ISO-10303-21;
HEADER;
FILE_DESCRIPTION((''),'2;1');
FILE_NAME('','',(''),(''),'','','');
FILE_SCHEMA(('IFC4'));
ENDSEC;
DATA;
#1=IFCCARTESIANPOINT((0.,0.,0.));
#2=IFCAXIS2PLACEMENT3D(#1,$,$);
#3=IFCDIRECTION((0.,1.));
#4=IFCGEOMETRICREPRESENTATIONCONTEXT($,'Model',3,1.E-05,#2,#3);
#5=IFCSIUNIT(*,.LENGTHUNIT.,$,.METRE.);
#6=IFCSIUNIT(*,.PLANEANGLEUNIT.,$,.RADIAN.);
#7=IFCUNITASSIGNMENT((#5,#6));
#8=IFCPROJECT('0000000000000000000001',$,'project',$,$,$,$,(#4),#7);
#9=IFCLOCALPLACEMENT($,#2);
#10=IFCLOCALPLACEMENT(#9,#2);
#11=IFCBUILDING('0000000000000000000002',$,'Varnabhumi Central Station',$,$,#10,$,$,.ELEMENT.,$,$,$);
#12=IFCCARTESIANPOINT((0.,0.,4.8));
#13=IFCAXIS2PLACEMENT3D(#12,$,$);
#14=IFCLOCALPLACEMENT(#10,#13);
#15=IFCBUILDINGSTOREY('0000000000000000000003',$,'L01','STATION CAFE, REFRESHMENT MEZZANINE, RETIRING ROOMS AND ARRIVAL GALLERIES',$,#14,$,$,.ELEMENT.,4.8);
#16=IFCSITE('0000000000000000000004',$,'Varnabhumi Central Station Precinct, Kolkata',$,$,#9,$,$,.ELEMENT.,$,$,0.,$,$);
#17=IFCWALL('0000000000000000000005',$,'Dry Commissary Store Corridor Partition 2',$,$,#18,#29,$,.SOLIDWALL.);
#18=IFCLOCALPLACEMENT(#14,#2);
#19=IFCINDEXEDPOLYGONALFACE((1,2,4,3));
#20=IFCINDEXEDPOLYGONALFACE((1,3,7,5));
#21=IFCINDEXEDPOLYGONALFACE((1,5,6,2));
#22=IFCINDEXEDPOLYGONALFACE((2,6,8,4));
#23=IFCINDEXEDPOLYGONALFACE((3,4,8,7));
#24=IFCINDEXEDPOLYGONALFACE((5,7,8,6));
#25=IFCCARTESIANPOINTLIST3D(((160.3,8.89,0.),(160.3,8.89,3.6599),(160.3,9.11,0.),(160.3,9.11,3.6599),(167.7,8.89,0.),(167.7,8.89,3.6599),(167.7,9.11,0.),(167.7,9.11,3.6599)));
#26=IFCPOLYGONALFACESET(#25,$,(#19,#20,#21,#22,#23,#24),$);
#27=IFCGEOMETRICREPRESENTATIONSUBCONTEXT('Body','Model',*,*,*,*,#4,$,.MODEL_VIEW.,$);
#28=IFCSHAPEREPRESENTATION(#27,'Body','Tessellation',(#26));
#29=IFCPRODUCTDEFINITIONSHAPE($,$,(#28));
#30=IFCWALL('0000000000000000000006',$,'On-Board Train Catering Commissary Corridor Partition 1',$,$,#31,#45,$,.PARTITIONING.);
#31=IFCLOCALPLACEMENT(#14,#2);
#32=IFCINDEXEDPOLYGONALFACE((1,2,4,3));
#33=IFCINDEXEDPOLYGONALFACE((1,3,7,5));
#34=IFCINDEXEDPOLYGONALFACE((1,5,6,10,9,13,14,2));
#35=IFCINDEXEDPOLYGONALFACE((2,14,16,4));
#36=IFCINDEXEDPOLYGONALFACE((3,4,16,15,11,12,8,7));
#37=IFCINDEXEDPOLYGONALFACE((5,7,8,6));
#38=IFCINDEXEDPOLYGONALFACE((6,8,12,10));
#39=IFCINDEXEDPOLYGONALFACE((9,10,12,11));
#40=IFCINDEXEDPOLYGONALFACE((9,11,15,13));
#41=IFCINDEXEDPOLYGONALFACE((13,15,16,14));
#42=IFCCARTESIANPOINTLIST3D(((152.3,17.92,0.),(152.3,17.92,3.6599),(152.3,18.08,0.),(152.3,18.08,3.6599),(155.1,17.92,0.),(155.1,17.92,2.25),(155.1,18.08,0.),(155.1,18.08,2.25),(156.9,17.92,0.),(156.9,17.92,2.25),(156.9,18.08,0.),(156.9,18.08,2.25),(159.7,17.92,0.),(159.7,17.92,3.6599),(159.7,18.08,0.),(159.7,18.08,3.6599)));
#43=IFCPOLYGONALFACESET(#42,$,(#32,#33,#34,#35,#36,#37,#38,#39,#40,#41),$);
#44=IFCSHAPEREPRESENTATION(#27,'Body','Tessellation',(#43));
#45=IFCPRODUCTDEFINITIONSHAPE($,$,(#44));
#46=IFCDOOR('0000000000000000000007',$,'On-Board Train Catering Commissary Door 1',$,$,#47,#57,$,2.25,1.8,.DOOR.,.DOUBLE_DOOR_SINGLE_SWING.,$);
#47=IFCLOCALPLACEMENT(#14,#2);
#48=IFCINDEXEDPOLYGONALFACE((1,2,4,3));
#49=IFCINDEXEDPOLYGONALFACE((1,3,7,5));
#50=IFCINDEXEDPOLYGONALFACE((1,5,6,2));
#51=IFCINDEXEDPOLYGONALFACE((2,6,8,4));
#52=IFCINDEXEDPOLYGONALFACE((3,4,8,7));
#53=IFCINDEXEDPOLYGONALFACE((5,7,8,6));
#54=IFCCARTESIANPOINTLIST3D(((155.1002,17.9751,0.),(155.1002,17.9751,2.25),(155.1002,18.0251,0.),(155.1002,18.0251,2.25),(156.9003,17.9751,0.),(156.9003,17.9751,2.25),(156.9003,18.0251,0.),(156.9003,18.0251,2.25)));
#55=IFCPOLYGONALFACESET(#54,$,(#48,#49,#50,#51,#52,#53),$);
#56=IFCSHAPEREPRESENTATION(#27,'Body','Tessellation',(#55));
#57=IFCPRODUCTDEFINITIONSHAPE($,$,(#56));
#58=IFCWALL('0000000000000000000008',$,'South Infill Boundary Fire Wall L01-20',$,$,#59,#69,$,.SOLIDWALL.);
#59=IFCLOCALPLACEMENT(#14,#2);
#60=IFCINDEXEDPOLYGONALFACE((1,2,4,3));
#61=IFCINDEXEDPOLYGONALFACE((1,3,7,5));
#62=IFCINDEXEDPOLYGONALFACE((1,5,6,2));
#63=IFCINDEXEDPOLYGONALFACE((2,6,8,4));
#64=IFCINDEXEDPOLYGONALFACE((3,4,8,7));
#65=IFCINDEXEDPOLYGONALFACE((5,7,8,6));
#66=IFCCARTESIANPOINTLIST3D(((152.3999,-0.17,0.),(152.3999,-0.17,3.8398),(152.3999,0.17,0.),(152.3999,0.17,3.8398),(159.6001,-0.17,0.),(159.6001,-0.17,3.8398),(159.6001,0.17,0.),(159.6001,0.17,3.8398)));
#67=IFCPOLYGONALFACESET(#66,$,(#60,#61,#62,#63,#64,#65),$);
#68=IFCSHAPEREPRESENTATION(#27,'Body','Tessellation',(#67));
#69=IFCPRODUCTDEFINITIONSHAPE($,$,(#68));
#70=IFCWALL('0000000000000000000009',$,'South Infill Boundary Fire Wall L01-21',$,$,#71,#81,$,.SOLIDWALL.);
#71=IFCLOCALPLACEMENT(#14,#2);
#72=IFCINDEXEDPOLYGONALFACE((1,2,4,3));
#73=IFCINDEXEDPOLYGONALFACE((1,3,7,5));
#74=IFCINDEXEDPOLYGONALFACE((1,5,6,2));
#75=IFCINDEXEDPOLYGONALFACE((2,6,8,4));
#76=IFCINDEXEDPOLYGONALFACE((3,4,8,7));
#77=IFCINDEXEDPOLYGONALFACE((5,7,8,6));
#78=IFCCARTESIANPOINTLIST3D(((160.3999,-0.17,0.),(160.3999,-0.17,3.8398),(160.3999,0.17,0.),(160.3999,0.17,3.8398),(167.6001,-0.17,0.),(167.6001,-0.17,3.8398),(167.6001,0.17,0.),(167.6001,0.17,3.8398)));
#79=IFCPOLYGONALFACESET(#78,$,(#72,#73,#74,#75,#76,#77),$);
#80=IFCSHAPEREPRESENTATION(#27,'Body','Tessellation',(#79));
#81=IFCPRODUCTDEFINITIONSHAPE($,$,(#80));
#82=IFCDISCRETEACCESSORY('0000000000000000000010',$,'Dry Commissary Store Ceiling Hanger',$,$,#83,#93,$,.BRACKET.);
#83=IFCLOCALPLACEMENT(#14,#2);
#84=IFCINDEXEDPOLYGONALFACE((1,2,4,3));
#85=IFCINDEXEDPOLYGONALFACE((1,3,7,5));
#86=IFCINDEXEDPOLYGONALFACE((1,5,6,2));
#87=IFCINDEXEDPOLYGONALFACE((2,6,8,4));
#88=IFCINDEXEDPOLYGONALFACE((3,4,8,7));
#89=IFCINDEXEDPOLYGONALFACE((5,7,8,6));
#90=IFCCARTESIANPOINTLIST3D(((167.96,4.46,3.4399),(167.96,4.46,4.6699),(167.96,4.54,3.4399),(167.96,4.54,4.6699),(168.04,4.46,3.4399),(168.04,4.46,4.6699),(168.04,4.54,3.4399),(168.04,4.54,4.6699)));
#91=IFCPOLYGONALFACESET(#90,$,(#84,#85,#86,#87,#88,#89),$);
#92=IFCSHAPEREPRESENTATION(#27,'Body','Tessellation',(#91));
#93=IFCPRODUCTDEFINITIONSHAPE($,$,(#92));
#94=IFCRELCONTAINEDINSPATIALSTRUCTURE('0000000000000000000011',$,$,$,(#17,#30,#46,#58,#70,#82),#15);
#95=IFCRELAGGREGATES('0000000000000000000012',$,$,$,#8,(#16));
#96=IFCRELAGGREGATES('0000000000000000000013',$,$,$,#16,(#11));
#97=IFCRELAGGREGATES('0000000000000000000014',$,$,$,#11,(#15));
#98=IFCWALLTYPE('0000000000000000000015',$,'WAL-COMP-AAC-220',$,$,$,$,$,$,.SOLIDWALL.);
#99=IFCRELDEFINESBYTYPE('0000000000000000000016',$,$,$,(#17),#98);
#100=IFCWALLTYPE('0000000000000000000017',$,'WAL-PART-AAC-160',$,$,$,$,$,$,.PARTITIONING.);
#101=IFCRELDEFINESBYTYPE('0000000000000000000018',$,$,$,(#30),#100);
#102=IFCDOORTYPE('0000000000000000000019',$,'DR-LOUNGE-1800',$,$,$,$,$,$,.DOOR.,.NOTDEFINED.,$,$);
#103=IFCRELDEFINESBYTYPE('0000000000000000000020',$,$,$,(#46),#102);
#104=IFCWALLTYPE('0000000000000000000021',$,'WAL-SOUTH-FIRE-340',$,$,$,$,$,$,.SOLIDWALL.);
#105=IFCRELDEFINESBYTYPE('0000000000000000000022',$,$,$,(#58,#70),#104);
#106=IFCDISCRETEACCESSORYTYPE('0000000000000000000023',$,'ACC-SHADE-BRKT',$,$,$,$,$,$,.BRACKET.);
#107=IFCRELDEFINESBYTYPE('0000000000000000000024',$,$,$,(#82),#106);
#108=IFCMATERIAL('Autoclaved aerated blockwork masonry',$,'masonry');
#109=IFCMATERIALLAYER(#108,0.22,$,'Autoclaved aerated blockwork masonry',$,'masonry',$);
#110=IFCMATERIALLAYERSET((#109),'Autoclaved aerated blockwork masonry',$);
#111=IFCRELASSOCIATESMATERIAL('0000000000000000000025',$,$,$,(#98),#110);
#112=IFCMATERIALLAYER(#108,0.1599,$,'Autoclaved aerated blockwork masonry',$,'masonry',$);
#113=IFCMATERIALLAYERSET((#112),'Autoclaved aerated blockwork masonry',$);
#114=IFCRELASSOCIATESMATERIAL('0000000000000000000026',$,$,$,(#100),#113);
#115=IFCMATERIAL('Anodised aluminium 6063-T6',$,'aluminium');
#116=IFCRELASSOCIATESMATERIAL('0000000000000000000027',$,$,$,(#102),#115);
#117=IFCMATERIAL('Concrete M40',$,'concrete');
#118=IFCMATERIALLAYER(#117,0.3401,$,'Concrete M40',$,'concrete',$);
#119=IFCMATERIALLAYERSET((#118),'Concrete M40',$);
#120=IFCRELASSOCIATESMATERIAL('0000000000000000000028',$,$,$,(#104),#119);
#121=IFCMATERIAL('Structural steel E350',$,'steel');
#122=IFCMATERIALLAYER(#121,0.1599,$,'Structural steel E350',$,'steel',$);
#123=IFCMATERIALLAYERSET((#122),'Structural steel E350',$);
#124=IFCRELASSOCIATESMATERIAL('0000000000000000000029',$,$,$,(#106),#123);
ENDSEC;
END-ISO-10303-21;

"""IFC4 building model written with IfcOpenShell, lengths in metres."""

from ifc_helpers import new_model, si_unit, direction, frame, frame_2d, origin, origin_2d, place, context, subcontext, project, spatial, rectangle, extrude, material, layer, layer_set, type_object, element, fill, save


model = new_model("IFC4")

# Units and contexts
model_context = context("Model", 3, precision=1e-05, world=origin(), true_north=direction((0.0, 1.0)))
body_context = subcontext(model_context, "Body", "Model", "MODEL_VIEW")
ifc_project = project(units=[si_unit("LENGTHUNIT", "METRE"), si_unit("PLANEANGLEUNIT", "RADIAN")], contexts=[model_context])

# Site, building, storey
site_placement = place(None, origin())
site = spatial("IfcSite", under=ifc_project, at=site_placement, Name="Varnabhumi Central Station Precinct, Kolkata", CompositionType="ELEMENT", RefElevation=0.0)
building_placement = place(site_placement, origin())
building = spatial("IfcBuilding", under=site, at=building_placement, Name="Varnabhumi Central Station", CompositionType="ELEMENT")
storey_placement = place(building_placement, frame((0.0, 0.0, 4.8)))
storey = spatial("IfcBuildingStorey", under=building, at=storey_placement, Name="L01", Description="STATION CAFE, REFRESHMENT MEZZANINE, RETIRING ROOMS AND ARRIVAL GALLERIES", CompositionType="ELEMENT", Elevation=4.8)

# Shared definitions
ifc_material_1 = material(Name="Concrete M40", Category="concrete")

# Wall
ifc_material_2 = material(Name="Autoclaved aerated blockwork masonry", Category="masonry")
ifc_layer_1 = layer(ifc_material_2, 0.22, Name="Autoclaved aerated blockwork masonry", Category="masonry")
ifc_layer_set_1 = layer_set([ifc_layer_1], Name="Autoclaved aerated blockwork masonry")
wall_type_1 = type_object("IfcWallType", Name="WAL-COMP-AAC-220", PredefinedType="SOLIDWALL", material=ifc_layer_set_1)
wall_1_placement = place(storey_placement, frame((160.3, 9.0, 0.0), z_axis=(0.0, 0.0, 1.0), x_axis=(1.0, 0.0, 0.0)))
element("IfcWall", 1, at=wall_1_placement, inside=storey, type_object=wall_type_1, Name="Dry Commissary Store Corridor Partition 2", PredefinedType="SOLIDWALL", context=body_context, shape_type="SweptSolid", body=[
    extrude(rectangle(XDim=7.3999, YDim=0.22, at=frame_2d((3.7, 0.0))), origin(), (0.0, 0.0, 1.0), 3.6599),
])

# Wall, opening, door
ifc_layer_2 = layer(ifc_material_2, 0.1599, Name="Autoclaved aerated blockwork masonry", Category="masonry")
ifc_layer_set_2 = layer_set([ifc_layer_2], Name="Autoclaved aerated blockwork masonry")
wall_type_2 = type_object("IfcWallType", Name="WAL-PART-AAC-160", PredefinedType="PARTITIONING", material=ifc_layer_set_2)
wall_2_placement = place(storey_placement, frame((152.3, 18.0, 0.0), z_axis=(0.0, 0.0, 1.0), x_axis=(1.0, 0.0, 0.0)))
wall_2 = element("IfcWall", 2, at=wall_2_placement, inside=storey, type_object=wall_type_2, Name="On-Board Train Catering Commissary Corridor Partition 1", PredefinedType="PARTITIONING", context=body_context, shape_type="SweptSolid", body=[
    extrude(rectangle(XDim=7.3999, YDim=0.1599, at=frame_2d((3.7, 0.0))), origin(), (0.0, 0.0, 1.0), 3.6599),
])
opening_placement = place(wall_2_placement, frame((2.8, 0.0, 0.0)))
opening = element("IfcOpeningElement", 3, at=opening_placement, cuts=wall_2, PredefinedType="OPENING", context=body_context, shape_type="SweptSolid", body=[
    extrude(rectangle(XDim=1.8, YDim=2.25, at=frame_2d((0.8999, 1.125))), frame((0.0, 0.0898, 0.0), z_axis=(0.0, -1.0, 0.0), x_axis=(1.0, 0.0, 0.0)), (0.0, 0.0, 1.0), 0.1799),
])
ifc_material_3 = material(Name="Anodised aluminium 6063-T6", Category="aluminium")
door_type = type_object("IfcDoorType", Name="DR-LOUNGE-1800", OperationType="NOTDEFINED", PredefinedType="DOOR", material=ifc_material_3)
door_placement = place(opening_placement, frame((1.8, 0.0, 0.0), z_axis=(0.0, 0.0, 1.0), x_axis=(-1.0, 0.0, 0.0)))
door = element("IfcDoor", 4, at=door_placement, inside=storey, type_object=door_type, Name="On-Board Train Catering Commissary Door 1", OperationType="DOUBLE_DOOR_SINGLE_SWING", OverallHeight=2.25, OverallWidth=1.8, PredefinedType="DOOR", context=body_context, shape_type="SweptSolid", body=[
    extrude(rectangle(XDim=1.8, YDim=2.25, at=frame_2d((0.8999, 1.125))), frame((0.0, 0.0249, 0.0), z_axis=(0.0, -1.0, 0.0), x_axis=(1.0, 0.0, 0.0)), (0.0, 0.0, 1.0), 0.05),
])
fill(opening, door)

# Walls
ifc_layer_3 = layer(ifc_material_1, 0.3401, Name="Concrete M40", Category="concrete")
ifc_layer_set_3 = layer_set([ifc_layer_3], Name="Concrete M40")
wall_type_3 = type_object("IfcWallType", Name="WAL-SOUTH-FIRE-340", PredefinedType="SOLIDWALL", material=ifc_layer_set_3)
for number, where, z_axis, x_axis, name in (
    (5, (152.3999, 0.0, 0.0), (0.0, 0.0, 1.0), (1.0, 0.0, 0.0), "South Infill Boundary Fire Wall L01-20"),
    (6, (160.3999, 0.0, 0.0), (0.0, 0.0, 1.0), (1.0, 0.0, 0.0), "South Infill Boundary Fire Wall L01-21"),
):
    element("IfcWall", number, at=place(storey_placement, frame(where, z_axis=z_axis, x_axis=x_axis)), inside=storey, type_object=wall_type_3, Name=name, PredefinedType="SOLIDWALL", context=body_context, shape_type="SweptSolid", body=[
        extrude(rectangle(XDim=7.2002, YDim=0.3401, at=frame_2d((3.6001, 0.0))), origin(), (0.0, 0.0, 1.0), 3.8398),
    ])

# Discrete accessory
ifc_material_4 = material(Name="Structural steel E350", Category="steel")
ifc_layer_4 = layer(ifc_material_4, 0.1599, Name="Structural steel E350", Category="steel")
ifc_layer_set_4 = layer_set([ifc_layer_4], Name="Structural steel E350")
discrete_accessory_type = type_object("IfcDiscreteAccessoryType", Name="ACC-SHADE-BRKT", PredefinedType="BRACKET", material=ifc_layer_set_4)
discrete_accessory_placement = place(storey_placement, frame((168.0, 4.5, 3.4399), z_axis=(0.0, 0.0, 1.0), x_axis=(1.0, 0.0, 0.0)))
element("IfcDiscreteAccessory", 7, at=discrete_accessory_placement, inside=storey, type_object=discrete_accessory_type, Name="Dry Commissary Store Ceiling Hanger", PredefinedType="BRACKET", context=body_context, shape_type="SweptSolid", body=[
    extrude(rectangle(XDim=0.0801, YDim=0.0801, at=origin_2d()), origin(), (0.0, 0.0, 1.0), 1.23),
])

save(model, "model.ifc")
